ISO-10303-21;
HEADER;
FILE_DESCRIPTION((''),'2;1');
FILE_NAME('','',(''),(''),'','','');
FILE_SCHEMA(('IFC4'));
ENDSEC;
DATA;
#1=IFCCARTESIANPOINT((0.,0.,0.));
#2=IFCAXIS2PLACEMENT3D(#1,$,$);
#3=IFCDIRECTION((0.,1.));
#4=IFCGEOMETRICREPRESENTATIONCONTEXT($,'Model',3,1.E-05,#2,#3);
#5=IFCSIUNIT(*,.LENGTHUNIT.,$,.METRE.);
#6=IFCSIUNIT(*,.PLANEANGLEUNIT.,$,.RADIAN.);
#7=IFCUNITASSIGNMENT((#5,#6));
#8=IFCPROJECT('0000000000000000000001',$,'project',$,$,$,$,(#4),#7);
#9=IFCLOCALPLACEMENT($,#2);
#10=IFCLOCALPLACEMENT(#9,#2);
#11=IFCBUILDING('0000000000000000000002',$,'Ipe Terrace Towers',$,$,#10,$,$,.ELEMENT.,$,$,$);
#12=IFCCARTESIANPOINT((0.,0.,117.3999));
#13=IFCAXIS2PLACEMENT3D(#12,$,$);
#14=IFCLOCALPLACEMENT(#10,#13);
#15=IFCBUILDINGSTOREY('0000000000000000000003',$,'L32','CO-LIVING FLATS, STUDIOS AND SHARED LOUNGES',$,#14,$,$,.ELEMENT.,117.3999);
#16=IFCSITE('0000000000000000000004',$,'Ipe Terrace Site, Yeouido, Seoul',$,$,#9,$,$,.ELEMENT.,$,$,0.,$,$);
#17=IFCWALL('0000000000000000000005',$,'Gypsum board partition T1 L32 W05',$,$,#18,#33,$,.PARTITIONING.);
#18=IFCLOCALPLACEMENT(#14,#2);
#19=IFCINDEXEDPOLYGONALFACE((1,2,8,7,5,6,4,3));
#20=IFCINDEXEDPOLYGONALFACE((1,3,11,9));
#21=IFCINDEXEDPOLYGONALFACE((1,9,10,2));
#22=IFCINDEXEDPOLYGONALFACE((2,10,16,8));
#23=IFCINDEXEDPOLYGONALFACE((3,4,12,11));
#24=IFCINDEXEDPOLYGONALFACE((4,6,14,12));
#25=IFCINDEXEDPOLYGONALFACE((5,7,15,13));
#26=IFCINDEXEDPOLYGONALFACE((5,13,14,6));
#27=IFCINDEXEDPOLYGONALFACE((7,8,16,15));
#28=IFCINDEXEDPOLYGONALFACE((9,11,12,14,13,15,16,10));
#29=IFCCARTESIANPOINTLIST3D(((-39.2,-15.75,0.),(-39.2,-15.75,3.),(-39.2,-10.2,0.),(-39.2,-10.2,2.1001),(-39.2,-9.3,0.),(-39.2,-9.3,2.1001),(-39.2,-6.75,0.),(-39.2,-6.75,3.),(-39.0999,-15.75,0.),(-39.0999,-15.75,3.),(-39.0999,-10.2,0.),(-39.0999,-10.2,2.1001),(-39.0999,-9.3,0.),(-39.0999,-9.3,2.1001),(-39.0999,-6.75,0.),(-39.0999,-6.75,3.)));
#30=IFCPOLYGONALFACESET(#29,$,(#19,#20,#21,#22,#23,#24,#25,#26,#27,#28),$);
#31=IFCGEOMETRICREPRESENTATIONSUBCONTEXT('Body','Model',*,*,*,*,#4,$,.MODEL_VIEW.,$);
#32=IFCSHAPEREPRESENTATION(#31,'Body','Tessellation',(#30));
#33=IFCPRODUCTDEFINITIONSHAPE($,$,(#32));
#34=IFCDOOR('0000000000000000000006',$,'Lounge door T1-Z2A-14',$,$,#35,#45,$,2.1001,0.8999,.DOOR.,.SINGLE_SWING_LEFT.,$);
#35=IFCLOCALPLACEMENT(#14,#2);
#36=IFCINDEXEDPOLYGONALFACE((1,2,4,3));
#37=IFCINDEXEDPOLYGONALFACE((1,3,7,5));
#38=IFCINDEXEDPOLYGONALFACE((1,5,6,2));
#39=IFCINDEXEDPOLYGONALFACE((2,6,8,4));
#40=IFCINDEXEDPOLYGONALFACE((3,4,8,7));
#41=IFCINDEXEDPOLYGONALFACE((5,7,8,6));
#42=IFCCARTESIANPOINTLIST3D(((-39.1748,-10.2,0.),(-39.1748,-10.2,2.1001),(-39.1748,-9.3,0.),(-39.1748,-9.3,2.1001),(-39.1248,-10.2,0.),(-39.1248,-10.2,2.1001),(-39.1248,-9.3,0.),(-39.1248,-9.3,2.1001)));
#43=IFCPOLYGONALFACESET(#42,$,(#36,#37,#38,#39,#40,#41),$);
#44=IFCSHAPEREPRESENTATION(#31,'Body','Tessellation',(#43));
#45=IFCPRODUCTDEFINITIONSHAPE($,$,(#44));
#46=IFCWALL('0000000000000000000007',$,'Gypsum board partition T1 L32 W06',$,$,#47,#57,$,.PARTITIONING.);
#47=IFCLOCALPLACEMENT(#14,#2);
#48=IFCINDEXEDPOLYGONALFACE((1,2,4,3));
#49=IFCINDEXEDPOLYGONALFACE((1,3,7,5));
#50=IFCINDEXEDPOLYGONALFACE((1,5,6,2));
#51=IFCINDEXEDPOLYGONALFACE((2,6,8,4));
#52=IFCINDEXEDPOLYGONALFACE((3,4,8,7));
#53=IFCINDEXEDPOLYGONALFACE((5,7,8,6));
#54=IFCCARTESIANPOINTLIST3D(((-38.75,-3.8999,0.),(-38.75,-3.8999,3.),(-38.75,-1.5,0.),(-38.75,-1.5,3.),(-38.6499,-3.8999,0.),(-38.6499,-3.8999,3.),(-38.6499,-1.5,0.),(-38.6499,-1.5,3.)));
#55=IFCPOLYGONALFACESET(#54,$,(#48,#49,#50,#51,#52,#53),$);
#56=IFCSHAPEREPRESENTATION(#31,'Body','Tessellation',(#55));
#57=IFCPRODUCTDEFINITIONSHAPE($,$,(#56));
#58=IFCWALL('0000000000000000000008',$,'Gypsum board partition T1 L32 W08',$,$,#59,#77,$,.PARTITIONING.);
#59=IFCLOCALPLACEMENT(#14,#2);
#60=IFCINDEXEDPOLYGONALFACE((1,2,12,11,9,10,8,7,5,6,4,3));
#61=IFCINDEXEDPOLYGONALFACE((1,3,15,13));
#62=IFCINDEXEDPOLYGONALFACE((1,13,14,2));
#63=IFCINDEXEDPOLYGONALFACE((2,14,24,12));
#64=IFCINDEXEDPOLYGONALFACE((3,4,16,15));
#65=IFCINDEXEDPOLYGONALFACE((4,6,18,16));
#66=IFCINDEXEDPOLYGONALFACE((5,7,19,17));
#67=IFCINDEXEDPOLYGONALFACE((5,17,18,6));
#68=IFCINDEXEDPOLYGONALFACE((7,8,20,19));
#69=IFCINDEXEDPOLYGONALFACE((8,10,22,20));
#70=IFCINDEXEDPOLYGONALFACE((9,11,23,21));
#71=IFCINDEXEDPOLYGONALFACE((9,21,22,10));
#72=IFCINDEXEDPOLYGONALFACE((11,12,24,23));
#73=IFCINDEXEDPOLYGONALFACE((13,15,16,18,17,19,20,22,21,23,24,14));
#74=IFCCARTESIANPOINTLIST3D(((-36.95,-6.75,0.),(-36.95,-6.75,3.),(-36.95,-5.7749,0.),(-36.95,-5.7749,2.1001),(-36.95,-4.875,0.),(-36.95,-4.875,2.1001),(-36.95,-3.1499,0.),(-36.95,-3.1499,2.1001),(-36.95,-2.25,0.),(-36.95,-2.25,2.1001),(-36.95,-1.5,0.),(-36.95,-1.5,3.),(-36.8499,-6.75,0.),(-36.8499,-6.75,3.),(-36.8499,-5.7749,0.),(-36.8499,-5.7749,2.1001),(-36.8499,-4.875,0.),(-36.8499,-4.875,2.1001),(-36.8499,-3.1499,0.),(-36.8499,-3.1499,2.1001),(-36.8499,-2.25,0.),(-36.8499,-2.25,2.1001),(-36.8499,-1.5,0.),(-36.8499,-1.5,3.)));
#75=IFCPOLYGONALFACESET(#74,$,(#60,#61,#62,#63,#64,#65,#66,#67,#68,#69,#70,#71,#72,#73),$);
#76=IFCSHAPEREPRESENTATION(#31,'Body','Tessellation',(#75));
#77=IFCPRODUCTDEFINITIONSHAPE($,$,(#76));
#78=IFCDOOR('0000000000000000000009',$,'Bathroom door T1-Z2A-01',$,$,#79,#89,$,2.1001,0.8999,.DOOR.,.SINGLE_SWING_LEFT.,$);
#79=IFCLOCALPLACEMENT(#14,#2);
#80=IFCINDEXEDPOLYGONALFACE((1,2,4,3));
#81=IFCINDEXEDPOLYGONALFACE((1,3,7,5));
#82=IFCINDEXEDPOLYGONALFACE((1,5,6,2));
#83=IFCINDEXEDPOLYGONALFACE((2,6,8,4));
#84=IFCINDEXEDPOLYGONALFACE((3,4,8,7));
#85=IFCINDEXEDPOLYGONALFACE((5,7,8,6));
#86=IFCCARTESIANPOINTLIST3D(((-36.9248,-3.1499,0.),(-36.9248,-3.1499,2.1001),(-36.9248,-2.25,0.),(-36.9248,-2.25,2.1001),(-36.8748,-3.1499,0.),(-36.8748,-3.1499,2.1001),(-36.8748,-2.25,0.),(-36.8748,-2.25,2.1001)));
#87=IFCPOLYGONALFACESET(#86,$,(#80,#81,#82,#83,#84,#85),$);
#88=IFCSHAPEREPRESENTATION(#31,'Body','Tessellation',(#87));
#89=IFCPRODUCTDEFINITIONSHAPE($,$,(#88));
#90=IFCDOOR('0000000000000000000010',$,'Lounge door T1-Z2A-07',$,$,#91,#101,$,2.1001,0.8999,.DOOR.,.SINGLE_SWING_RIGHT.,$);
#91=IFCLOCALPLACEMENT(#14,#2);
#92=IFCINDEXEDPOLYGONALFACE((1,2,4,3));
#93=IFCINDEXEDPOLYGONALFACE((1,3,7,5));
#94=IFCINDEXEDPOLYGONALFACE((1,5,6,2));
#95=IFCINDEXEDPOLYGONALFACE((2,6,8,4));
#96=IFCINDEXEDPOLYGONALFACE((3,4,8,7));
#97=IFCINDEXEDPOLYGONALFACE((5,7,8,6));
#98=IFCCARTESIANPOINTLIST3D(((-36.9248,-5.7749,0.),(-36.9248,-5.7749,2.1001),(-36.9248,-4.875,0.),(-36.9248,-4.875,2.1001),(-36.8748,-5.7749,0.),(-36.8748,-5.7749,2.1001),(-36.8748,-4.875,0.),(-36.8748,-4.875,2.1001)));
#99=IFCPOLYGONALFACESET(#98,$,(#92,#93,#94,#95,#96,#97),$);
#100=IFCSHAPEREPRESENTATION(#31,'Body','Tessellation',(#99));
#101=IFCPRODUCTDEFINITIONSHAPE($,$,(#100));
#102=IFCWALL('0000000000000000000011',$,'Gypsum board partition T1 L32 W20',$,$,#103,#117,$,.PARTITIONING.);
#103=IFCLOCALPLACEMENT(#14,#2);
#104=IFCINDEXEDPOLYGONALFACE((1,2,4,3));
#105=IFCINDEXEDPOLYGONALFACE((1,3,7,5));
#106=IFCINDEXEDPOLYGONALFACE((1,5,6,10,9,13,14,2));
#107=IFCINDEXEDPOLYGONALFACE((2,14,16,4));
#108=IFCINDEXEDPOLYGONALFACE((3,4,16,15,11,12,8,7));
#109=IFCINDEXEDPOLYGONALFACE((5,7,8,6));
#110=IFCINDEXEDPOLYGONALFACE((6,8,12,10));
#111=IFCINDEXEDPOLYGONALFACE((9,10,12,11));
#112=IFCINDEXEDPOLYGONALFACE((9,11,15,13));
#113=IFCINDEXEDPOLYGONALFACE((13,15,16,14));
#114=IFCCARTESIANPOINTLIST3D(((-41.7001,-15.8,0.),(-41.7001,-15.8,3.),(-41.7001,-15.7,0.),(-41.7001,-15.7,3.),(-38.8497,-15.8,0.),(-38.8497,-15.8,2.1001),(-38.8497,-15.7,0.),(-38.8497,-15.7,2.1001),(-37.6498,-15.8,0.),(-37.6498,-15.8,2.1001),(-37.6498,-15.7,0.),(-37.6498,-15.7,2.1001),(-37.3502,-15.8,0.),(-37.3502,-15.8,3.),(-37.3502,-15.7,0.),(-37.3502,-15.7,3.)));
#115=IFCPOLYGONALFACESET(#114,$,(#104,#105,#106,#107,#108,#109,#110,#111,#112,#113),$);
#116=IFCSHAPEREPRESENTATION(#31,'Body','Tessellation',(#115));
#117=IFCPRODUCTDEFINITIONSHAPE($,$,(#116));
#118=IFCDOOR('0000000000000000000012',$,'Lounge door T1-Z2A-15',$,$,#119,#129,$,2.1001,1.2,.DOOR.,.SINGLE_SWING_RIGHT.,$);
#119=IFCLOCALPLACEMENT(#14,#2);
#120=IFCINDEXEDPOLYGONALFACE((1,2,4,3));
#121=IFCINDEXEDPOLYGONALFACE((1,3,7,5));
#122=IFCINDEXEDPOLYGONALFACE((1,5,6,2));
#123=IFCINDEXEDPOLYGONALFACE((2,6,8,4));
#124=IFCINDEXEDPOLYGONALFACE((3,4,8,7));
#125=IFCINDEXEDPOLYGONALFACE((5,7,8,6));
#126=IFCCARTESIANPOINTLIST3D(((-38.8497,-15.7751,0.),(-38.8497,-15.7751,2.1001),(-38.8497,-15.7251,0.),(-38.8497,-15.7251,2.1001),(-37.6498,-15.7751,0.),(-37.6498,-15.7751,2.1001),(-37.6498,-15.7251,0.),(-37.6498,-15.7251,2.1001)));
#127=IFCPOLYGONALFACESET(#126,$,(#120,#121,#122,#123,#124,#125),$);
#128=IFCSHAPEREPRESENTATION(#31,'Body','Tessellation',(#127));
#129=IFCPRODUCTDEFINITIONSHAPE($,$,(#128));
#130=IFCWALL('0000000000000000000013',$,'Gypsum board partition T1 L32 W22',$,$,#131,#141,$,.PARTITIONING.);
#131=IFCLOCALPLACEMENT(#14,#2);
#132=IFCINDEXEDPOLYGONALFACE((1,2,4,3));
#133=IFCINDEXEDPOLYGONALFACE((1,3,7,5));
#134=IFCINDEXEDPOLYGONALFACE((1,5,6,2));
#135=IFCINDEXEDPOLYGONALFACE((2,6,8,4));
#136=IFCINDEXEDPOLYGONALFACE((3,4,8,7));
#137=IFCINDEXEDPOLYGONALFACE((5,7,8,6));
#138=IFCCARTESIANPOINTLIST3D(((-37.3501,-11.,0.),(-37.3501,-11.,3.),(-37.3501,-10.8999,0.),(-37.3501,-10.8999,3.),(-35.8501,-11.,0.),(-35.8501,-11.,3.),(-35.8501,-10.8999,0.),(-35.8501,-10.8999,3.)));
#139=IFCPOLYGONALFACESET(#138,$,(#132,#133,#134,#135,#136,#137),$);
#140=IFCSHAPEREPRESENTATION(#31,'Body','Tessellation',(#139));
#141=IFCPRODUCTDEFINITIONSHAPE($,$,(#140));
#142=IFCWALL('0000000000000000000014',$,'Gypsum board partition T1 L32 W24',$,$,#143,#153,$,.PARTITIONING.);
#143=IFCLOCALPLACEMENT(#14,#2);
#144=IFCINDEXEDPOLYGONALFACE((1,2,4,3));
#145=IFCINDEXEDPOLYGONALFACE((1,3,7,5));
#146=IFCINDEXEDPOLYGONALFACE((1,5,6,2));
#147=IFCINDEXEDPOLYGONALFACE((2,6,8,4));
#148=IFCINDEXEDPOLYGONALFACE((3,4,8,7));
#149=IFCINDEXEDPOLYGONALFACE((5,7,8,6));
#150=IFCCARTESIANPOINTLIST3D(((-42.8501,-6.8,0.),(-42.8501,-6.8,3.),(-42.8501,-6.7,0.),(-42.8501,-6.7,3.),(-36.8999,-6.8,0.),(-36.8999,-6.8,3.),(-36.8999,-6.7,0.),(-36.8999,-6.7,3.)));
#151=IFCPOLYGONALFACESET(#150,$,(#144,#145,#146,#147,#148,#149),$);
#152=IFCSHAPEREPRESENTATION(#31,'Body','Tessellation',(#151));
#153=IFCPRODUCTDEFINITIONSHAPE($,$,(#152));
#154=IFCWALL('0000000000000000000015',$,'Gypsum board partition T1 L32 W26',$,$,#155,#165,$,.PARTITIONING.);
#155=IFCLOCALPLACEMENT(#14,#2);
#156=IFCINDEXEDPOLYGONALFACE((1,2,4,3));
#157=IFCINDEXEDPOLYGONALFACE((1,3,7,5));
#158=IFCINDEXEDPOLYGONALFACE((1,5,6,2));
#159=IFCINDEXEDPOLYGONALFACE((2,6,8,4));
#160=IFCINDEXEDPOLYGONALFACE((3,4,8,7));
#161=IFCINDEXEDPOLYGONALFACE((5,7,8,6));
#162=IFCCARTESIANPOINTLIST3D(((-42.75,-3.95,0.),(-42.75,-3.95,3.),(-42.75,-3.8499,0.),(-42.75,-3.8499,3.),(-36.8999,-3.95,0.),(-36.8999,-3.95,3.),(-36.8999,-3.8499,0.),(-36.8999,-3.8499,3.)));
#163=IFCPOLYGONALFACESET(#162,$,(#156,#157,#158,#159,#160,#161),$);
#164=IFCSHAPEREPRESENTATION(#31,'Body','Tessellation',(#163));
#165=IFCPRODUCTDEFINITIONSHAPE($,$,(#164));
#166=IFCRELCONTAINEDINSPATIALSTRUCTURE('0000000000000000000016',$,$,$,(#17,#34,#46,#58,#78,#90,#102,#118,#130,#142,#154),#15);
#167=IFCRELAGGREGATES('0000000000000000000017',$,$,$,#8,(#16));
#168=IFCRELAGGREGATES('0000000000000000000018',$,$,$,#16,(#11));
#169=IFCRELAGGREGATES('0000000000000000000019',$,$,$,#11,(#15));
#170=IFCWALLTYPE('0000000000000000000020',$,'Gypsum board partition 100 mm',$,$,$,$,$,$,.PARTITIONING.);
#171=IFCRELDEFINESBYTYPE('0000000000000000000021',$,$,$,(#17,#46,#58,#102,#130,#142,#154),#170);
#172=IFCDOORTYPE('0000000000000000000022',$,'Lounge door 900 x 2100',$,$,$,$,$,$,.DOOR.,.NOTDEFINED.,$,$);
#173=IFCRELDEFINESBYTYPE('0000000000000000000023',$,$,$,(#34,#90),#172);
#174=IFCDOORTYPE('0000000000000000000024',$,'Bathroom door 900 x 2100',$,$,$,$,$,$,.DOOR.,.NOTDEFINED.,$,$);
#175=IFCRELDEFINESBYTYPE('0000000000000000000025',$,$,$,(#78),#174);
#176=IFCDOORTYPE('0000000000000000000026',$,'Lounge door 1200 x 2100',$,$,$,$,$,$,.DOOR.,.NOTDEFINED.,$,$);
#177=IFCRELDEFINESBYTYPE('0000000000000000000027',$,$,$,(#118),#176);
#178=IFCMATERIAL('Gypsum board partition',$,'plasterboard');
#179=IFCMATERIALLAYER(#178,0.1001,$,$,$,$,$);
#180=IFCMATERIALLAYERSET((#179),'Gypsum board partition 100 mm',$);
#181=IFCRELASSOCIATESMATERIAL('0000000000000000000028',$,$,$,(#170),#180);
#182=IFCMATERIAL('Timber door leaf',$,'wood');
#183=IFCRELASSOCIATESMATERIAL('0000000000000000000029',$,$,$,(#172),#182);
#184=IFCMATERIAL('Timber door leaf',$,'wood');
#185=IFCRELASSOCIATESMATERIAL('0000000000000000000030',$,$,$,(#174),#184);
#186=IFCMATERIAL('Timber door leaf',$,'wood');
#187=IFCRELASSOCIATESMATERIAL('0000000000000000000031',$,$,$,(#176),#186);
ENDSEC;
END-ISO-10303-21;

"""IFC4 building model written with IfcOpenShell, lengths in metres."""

from ifc_helpers import new_model, si_unit, direction, frame, frame_2d, origin, place, context, subcontext, project, spatial, rectangle, extrude, material, layer, layer_set, type_object, element, fill, save


model = new_model("IFC4")

# Units and contexts
model_context = context("Model", 3, precision=1e-05, world=origin(), true_north=direction((0.0, 1.0)))
body_context = subcontext(model_context, "Body", "Model", "MODEL_VIEW")
ifc_project = project(units=[si_unit("LENGTHUNIT", "METRE"), si_unit("PLANEANGLEUNIT", "RADIAN")], contexts=[model_context])

# Site, building, storey
site_placement = place(None, origin())
site = spatial("IfcSite", under=ifc_project, at=site_placement, Name="Ipe Terrace Site, Yeouido, Seoul", CompositionType="ELEMENT", RefElevation=0.0)
building_placement = place(site_placement, origin())
building = spatial("IfcBuilding", under=site, at=building_placement, Name="Ipe Terrace Towers", CompositionType="ELEMENT")
storey_placement = place(building_placement, frame((0.0, 0.0, 117.3999)))
storey = spatial("IfcBuildingStorey", under=building, at=storey_placement, Name="L32", Description="CO-LIVING FLATS, STUDIOS AND SHARED LOUNGES", CompositionType="ELEMENT", Elevation=117.3999)

# Wall, opening, door
ifc_material_1 = material(Name="Gypsum board partition", Category="plasterboard")
ifc_layer_1 = layer(ifc_material_1, 0.1001)
ifc_layer_set_1 = layer_set([ifc_layer_1], Name="Gypsum board partition 100 mm")
wall_type_1 = type_object("IfcWallType", Name="Gypsum board partition 100 mm", PredefinedType="PARTITIONING", material=ifc_layer_set_1)
wall_1_placement = place(storey_placement, frame((-39.1499, -15.75, 0.0), z_axis=(0.0, 0.0, 1.0), x_axis=(0.0, 1.0, 0.0)))
wall_1 = element("IfcWall", 1, at=wall_1_placement, inside=storey, type_object=wall_type_1, Name="Gypsum board partition T1 L32 W05", PredefinedType="PARTITIONING", context=body_context, shape_type="SweptSolid", body=[
    extrude(rectangle(XDim=9.0, YDim=0.1001, at=frame_2d((4.5, 0.0))), origin(), (0.0, 0.0, 1.0), 3.0),
])
opening_1_placement = place(wall_1_placement, frame((5.55, 0.0, 0.0)))
opening_1 = element("IfcOpeningElement", 2, at=opening_1_placement, cuts=wall_1, PredefinedType="OPENING", context=body_context, shape_type="SweptSolid", body=[
    extrude(rectangle(XDim=0.8999, YDim=2.1001, at=frame_2d((0.45, 1.05))), frame((0.0, 0.0601, 0.0), z_axis=(0.0, -1.0, 0.0), x_axis=(1.0, 0.0, 0.0)), (0.0, 0.0, 1.0), 0.1201),
])
ifc_material_2 = material(Name="Timber door leaf", Category="wood")
door_type_1 = type_object("IfcDoorType", Name="Lounge door 900 x 2100", OperationType="NOTDEFINED", PredefinedType="DOOR", material=ifc_material_2)
door_1_placement = place(opening_1_placement, origin())
door_1 = element("IfcDoor", 3, at=door_1_placement, inside=storey, type_object=door_type_1, Name="Lounge door T1-Z2A-14", OperationType="SINGLE_SWING_LEFT", OverallHeight=2.1001, OverallWidth=0.8999, PredefinedType="DOOR", context=body_context, shape_type="SweptSolid", body=[
    extrude(rectangle(XDim=0.8999, YDim=2.1001, at=frame_2d((0.45, 1.05))), frame((0.0, 0.0249, 0.0), z_axis=(0.0, -1.0, 0.0), x_axis=(1.0, 0.0, 0.0)), (0.0, 0.0, 1.0), 0.05),
])
fill(opening_1, door_1)

# Wall
wall_2_placement = place(storey_placement, frame((-38.7, -3.8999, 0.0), z_axis=(0.0, 0.0, 1.0), x_axis=(0.0, 1.0, 0.0)))
element("IfcWall", 4, at=wall_2_placement, inside=storey, type_object=wall_type_1, Name="Gypsum board partition T1 L32 W06", PredefinedType="PARTITIONING", context=body_context, shape_type="SweptSolid", body=[
    extrude(rectangle(XDim=2.3999, YDim=0.1001, at=frame_2d((1.2, 0.0))), origin(), (0.0, 0.0, 1.0), 3.0),
])

# Wall, openings, doors
wall_3_placement = place(storey_placement, frame((-36.8999, -6.75, 0.0), z_axis=(0.0, 0.0, 1.0), x_axis=(0.0, 1.0, 0.0)))
wall_3 = element("IfcWall", 5, at=wall_3_placement, inside=storey, type_object=wall_type_1, Name="Gypsum board partition T1 L32 W08", PredefinedType="PARTITIONING", context=body_context, shape_type="SweptSolid", body=[
    extrude(rectangle(XDim=5.25, YDim=0.1001, at=frame_2d((2.625, 0.0))), origin(), (0.0, 0.0, 1.0), 3.0),
])
opening_2_placement = place(wall_3_placement, frame((3.6001, 0.0, 0.0)))
opening_2 = element("IfcOpeningElement", 6, at=opening_2_placement, cuts=wall_3, PredefinedType="OPENING", context=body_context, shape_type="SweptSolid", body=[
    extrude(rectangle(XDim=0.8999, YDim=2.1001, at=frame_2d((0.45, 1.05))), frame((0.0, 0.0601, 0.0), z_axis=(0.0, -1.0, 0.0), x_axis=(1.0, 0.0, 0.0)), (0.0, 0.0, 1.0), 0.1201),
])
opening_3_placement = place(wall_3_placement, frame((0.9751, 0.0, 0.0)))
opening_3 = element("IfcOpeningElement", 7, at=opening_3_placement, cuts=wall_3, PredefinedType="OPENING", context=body_context, shape_type="SweptSolid", body=[
    extrude(rectangle(XDim=0.8999, YDim=2.1001, at=frame_2d((0.45, 1.05))), frame((0.0, 0.0601, 0.0), z_axis=(0.0, -1.0, 0.0), x_axis=(1.0, 0.0, 0.0)), (0.0, 0.0, 1.0), 0.1201),
])
ifc_material_3 = material(Name="Timber door leaf", Category="wood")
door_type_2 = type_object("IfcDoorType", Name="Bathroom door 900 x 2100", OperationType="NOTDEFINED", PredefinedType="DOOR", material=ifc_material_3)
door_2_placement = place(opening_2_placement, origin())
door_2 = element("IfcDoor", 8, at=door_2_placement, inside=storey, type_object=door_type_2, Name="Bathroom door T1-Z2A-01", OperationType="SINGLE_SWING_LEFT", OverallHeight=2.1001, OverallWidth=0.8999, PredefinedType="DOOR", context=body_context, shape_type="SweptSolid", body=[
    extrude(rectangle(XDim=0.8999, YDim=2.1001, at=frame_2d((0.45, 1.05))), frame((0.0, 0.0249, 0.0), z_axis=(0.0, -1.0, 0.0), x_axis=(1.0, 0.0, 0.0)), (0.0, 0.0, 1.0), 0.05),
])
fill(opening_2, door_2)
door_3_placement = place(opening_3_placement, origin())
door_3 = element("IfcDoor", 9, at=door_3_placement, inside=storey, type_object=door_type_1, Name="Lounge door T1-Z2A-07", OperationType="SINGLE_SWING_RIGHT", OverallHeight=2.1001, OverallWidth=0.8999, PredefinedType="DOOR", context=body_context, shape_type="SweptSolid", body=[
    extrude(rectangle(XDim=0.8999, YDim=2.1001, at=frame_2d((0.45, 1.05))), frame((0.0, 0.0249, 0.0), z_axis=(0.0, -1.0, 0.0), x_axis=(1.0, 0.0, 0.0)), (0.0, 0.0, 1.0), 0.05),
])
fill(opening_3, door_3)

# Wall, opening, door
wall_4_placement = place(storey_placement, frame((-41.7, -15.75, 0.0), z_axis=(0.0, 0.0, 1.0), x_axis=(1.0, 0.0, 0.0)))
wall_4 = element("IfcWall", 10, at=wall_4_placement, inside=storey, type_object=wall_type_1, Name="Gypsum board partition T1 L32 W20", PredefinedType="PARTITIONING", context=body_context, shape_type="SweptSolid", body=[
    extrude(rectangle(XDim=4.3499, YDim=0.1001, at=frame_2d((2.1748, 0.0))), origin(), (0.0, 0.0, 1.0), 3.0),
])
opening_4_placement = place(wall_4_placement, frame((2.8501, 0.0, 0.0)))
opening_4 = element("IfcOpeningElement", 11, at=opening_4_placement, cuts=wall_4, PredefinedType="OPENING", context=body_context, shape_type="SweptSolid", body=[
    extrude(rectangle(XDim=1.2, YDim=2.1001, at=frame_2d((0.6001, 1.05))), frame((0.0, 0.0601, 0.0), z_axis=(0.0, -1.0, 0.0), x_axis=(1.0, 0.0, 0.0)), (0.0, 0.0, 1.0), 0.1201),
])
ifc_material_4 = material(Name="Timber door leaf", Category="wood")
door_type_3 = type_object("IfcDoorType", Name="Lounge door 1200 x 2100", OperationType="NOTDEFINED", PredefinedType="DOOR", material=ifc_material_4)
door_4_placement = place(opening_4_placement, origin())
door_4 = element("IfcDoor", 12, at=door_4_placement, inside=storey, type_object=door_type_3, Name="Lounge door T1-Z2A-15", OperationType="SINGLE_SWING_RIGHT", OverallHeight=2.1001, OverallWidth=1.2, PredefinedType="DOOR", context=body_context, shape_type="SweptSolid", body=[
    extrude(rectangle(XDim=1.2, YDim=2.1001, at=frame_2d((0.6001, 1.05))), frame((0.0, 0.0249, 0.0), z_axis=(0.0, -1.0, 0.0), x_axis=(1.0, 0.0, 0.0)), (0.0, 0.0, 1.0), 0.05),
])
fill(opening_4, door_4)

# Walls
wall_5_placement = place(storey_placement, frame((-37.3501, -10.95, 0.0), z_axis=(0.0, 0.0, 1.0), x_axis=(1.0, 0.0, 0.0)))
element("IfcWall", 13, at=wall_5_placement, inside=storey, type_object=wall_type_1, Name="Gypsum board partition T1 L32 W22", PredefinedType="PARTITIONING", context=body_context, shape_type="SweptSolid", body=[
    extrude(rectangle(XDim=1.5, YDim=0.1001, at=frame_2d((0.75, 0.0))), origin(), (0.0, 0.0, 1.0), 3.0),
])
wall_6_placement = place(storey_placement, frame((-42.8501, -6.75, 0.0), z_axis=(0.0, 0.0, 1.0), x_axis=(1.0, 0.0, 0.0)))
element("IfcWall", 14, at=wall_6_placement, inside=storey, type_object=wall_type_1, Name="Gypsum board partition T1 L32 W24", PredefinedType="PARTITIONING", context=body_context, shape_type="SweptSolid", body=[
    extrude(rectangle(XDim=5.9502, YDim=0.1001, at=frame_2d((2.9751, 0.0))), origin(), (0.0, 0.0, 1.0), 3.0),
])
wall_7_placement = place(storey_placement, frame((-42.75, -3.8999, 0.0), z_axis=(0.0, 0.0, 1.0), x_axis=(1.0, 0.0, 0.0)))
element("IfcWall", 15, at=wall_7_placement, inside=storey, type_object=wall_type_1, Name="Gypsum board partition T1 L32 W26", PredefinedType="PARTITIONING", context=body_context, shape_type="SweptSolid", body=[
    extrude(rectangle(XDim=5.8501, YDim=0.1001, at=frame_2d((2.925, 0.0))), origin(), (0.0, 0.0, 1.0), 3.0),
])

save(model, "model.ifc")
